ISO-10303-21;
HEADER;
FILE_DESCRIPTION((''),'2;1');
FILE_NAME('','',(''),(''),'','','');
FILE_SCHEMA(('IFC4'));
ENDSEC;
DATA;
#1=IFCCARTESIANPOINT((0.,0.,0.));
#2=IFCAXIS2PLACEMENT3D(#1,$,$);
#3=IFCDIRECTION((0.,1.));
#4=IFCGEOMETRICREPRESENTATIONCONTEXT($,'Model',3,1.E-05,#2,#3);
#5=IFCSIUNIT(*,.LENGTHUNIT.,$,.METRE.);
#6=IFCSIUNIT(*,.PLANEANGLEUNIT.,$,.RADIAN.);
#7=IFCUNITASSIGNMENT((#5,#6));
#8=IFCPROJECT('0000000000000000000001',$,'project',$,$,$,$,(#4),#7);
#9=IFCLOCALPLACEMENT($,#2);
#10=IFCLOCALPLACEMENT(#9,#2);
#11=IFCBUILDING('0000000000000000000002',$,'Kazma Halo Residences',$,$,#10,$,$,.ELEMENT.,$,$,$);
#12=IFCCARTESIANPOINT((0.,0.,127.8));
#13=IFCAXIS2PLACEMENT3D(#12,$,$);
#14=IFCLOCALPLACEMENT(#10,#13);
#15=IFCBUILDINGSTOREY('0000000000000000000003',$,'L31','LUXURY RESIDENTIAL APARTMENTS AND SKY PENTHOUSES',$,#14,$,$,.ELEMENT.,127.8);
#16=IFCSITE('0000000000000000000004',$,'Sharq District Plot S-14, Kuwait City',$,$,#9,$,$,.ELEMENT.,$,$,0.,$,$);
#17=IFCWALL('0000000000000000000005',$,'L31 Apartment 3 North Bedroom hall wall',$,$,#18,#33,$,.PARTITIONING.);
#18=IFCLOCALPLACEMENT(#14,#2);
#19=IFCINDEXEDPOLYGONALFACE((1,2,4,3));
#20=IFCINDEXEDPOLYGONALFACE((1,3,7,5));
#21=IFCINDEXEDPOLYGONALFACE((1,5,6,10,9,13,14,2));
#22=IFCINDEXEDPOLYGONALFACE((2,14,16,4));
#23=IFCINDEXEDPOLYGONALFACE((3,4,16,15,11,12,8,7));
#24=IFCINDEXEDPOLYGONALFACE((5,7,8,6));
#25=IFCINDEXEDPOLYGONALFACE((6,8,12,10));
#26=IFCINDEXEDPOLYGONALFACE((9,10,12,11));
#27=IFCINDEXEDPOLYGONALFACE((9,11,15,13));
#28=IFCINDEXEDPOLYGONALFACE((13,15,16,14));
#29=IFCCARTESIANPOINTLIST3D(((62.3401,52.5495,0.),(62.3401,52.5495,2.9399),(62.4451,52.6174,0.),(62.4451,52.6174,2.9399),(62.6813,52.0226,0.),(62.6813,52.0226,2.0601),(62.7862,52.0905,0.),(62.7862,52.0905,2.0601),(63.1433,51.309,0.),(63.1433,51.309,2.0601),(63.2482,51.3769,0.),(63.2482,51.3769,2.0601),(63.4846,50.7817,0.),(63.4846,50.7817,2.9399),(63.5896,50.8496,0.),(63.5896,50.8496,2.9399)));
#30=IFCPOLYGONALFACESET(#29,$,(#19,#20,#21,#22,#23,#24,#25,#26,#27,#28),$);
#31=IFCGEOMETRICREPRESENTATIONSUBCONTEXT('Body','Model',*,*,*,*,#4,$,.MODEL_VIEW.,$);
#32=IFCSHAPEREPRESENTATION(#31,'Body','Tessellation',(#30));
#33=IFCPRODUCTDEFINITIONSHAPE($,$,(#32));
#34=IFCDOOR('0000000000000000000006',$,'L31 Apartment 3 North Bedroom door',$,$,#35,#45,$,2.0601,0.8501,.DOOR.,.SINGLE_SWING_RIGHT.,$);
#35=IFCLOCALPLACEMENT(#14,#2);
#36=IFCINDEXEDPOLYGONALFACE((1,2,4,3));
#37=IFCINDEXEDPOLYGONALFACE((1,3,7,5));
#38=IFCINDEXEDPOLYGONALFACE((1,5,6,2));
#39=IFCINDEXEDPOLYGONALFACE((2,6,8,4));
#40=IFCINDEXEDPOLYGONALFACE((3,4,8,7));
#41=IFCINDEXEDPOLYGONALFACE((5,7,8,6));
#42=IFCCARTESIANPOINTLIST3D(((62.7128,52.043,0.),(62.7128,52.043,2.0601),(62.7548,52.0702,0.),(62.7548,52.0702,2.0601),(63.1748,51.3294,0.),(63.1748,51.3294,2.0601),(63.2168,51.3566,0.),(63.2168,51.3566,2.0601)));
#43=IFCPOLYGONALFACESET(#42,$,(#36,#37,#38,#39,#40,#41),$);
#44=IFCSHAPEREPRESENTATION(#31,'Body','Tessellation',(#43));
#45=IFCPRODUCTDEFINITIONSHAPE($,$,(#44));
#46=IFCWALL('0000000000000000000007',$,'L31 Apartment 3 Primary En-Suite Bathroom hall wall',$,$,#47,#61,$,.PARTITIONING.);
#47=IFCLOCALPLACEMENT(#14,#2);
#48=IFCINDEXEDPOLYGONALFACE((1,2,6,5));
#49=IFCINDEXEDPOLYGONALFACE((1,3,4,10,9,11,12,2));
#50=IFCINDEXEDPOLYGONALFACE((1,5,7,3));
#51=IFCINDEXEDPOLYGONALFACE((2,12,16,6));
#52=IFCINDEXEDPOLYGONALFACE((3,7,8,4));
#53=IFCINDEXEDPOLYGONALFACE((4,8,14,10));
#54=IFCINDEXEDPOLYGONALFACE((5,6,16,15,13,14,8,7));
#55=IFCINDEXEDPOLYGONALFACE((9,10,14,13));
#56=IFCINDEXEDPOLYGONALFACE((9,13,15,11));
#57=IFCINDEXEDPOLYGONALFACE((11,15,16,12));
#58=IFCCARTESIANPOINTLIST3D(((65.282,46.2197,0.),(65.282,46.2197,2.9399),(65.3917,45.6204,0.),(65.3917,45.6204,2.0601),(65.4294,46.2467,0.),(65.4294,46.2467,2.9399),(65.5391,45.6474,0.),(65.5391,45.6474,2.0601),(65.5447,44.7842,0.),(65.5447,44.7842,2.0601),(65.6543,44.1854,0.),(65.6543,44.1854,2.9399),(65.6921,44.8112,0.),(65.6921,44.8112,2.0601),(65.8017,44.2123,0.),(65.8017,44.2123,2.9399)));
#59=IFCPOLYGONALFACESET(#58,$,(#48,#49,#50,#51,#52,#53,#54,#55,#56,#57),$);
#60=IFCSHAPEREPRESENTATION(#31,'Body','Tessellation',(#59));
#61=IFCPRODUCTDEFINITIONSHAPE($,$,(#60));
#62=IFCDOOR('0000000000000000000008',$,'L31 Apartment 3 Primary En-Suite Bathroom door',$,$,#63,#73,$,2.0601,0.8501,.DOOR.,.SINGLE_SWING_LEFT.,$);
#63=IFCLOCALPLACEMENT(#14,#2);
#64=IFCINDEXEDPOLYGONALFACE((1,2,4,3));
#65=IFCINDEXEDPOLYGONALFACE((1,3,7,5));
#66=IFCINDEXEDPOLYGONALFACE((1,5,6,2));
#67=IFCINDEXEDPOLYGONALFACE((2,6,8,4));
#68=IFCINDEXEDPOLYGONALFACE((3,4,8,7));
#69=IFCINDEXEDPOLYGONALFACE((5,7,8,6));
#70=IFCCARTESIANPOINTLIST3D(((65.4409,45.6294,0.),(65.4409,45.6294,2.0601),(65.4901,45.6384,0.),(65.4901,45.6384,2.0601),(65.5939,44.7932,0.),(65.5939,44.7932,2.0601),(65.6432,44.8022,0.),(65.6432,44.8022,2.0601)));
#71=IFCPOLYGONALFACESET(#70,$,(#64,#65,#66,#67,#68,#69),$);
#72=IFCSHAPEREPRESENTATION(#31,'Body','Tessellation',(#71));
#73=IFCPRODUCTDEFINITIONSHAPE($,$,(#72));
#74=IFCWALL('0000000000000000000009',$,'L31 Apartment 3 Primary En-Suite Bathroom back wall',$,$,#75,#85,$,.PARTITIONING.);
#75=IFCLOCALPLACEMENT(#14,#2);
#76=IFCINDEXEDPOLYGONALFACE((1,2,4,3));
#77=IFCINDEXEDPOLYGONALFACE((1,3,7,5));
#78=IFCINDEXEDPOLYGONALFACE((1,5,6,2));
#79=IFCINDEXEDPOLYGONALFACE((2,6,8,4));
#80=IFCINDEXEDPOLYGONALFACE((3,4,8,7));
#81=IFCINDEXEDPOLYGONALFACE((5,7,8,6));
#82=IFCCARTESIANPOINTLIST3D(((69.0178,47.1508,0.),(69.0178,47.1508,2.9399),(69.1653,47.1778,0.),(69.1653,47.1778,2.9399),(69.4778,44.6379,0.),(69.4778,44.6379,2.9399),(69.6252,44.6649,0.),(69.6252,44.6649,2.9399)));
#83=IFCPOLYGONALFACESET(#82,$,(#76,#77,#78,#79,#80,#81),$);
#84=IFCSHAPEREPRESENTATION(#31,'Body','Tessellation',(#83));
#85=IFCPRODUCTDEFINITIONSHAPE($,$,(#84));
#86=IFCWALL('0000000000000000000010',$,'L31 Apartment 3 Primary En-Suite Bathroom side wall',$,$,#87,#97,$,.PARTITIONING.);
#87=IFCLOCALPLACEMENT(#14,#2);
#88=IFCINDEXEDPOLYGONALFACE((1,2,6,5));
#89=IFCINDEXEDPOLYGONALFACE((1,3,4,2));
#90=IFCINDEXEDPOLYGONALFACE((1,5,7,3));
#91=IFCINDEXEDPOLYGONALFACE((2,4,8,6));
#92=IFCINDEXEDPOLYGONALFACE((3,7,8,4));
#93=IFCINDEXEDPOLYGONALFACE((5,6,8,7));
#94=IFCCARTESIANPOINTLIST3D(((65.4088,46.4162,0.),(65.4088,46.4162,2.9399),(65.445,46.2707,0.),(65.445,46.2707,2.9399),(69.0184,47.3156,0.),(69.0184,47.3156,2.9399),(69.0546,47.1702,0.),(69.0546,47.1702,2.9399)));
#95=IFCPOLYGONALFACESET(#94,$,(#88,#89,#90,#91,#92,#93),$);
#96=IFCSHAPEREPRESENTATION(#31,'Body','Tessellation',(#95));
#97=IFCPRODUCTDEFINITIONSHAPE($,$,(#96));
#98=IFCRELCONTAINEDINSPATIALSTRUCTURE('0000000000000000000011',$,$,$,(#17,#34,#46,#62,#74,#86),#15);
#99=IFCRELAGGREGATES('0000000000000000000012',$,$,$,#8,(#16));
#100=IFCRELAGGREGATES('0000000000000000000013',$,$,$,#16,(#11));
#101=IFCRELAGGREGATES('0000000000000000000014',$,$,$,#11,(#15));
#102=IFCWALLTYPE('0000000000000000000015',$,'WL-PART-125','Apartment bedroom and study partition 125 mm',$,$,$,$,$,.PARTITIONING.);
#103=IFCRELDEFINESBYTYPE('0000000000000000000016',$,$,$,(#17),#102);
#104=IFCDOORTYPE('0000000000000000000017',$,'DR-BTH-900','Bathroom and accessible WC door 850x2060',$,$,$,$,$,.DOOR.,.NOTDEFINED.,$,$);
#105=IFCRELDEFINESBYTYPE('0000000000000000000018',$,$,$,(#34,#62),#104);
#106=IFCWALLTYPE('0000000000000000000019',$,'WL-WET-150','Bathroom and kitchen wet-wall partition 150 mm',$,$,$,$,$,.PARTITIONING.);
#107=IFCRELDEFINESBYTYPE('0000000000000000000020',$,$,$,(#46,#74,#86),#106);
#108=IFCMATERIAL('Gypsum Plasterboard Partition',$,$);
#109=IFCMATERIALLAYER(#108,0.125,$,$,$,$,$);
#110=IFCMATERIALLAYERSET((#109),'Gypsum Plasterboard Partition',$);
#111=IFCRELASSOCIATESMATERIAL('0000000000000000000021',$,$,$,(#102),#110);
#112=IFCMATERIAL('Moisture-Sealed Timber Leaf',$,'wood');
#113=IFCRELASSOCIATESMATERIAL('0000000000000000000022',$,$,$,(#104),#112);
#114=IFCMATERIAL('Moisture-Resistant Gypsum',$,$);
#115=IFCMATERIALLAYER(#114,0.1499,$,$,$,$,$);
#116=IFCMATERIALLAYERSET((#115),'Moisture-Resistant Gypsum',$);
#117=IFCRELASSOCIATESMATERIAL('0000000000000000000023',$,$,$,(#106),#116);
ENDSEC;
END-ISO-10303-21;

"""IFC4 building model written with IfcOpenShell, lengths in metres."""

from ifc_helpers import new_model, si_unit, direction, frame, frame_2d, origin, place, context, subcontext, project, spatial, rectangle, extrude, material, layer, layer_set, type_object, element, fill, save


model = new_model("IFC4")

# Units and contexts
model_context = context("Model", 3, precision=1e-05, world=origin(), true_north=direction((0.0, 1.0)))
body_context = subcontext(model_context, "Body", "Model", "MODEL_VIEW")
ifc_project = project(units=[si_unit("LENGTHUNIT", "METRE"), si_unit("PLANEANGLEUNIT", "RADIAN")], contexts=[model_context])

# Site, building, storey
site_placement = place(None, origin())
site = spatial("IfcSite", under=ifc_project, at=site_placement, Name="Sharq District Plot S-14, Kuwait City", CompositionType="ELEMENT", RefElevation=0.0)
building_placement = place(site_placement, origin())
building = spatial("IfcBuilding", under=site, at=building_placement, Name="Kazma Halo Residences", CompositionType="ELEMENT")
storey_placement = place(building_placement, frame((0.0, 0.0, 127.8)))
storey = spatial("IfcBuildingStorey", under=building, at=storey_placement, Name="L31", Description="LUXURY RESIDENTIAL APARTMENTS AND SKY PENTHOUSES", CompositionType="ELEMENT", Elevation=127.8)

# Shared definitions
ifc_material_1 = material(Name="Gypsum Plasterboard Partition")
ifc_layer_1 = layer(ifc_material_1, 0.125)
ifc_layer_set_1 = layer_set([ifc_layer_1], Name="Gypsum Plasterboard Partition")
wall_type_1 = type_object("IfcWallType", Name="WL-PART-125", Description="Apartment bedroom and study partition 125 mm", PredefinedType="PARTITIONING", material=ifc_layer_set_1)

# Shared definitions
ifc_material_2 = material(Name="Moisture-Sealed Timber Leaf", Category="wood")
door_type = type_object("IfcDoorType", Name="DR-BTH-900", Description="Bathroom and accessible WC door 850x2060", OperationType="NOTDEFINED", PredefinedType="DOOR", material=ifc_material_2)

# Walls, openings, doors
wall_1_placement = place(storey_placement, frame((63.5371, 50.8157, 0.0), z_axis=(0.0, 0.0, 1.0), x_axis=(-0.543468, 0.83943, 0.0)))
wall_1 = element("IfcWall", 1, at=wall_1_placement, inside=storey, type_object=wall_type_1, Name="L31 Apartment 3 North Bedroom hall wall", PredefinedType="PARTITIONING", context=body_context, shape_type="SweptSolid", body=[
    extrude(rectangle(XDim=2.106, YDim=0.125, at=frame_2d((1.053, 0.0))), origin(), (0.0, 0.0, 1.0), 2.9399),
])
opening_1_placement = place(wall_1_placement, frame((0.6282, 0.0, 0.0)))
opening_1 = element("IfcOpeningElement", 2, at=opening_1_placement, cuts=wall_1, PredefinedType="OPENING", context=body_context, shape_type="SweptSolid", body=[
    extrude(rectangle(XDim=0.8501, YDim=2.0601, at=frame_2d((0.425, 1.03))), frame((0.0, 0.0725, 0.0), z_axis=(0.0, -1.0, 0.0), x_axis=(1.0, 0.0, 0.0)), (0.0, 0.0, 1.0), 0.145),
])
door_1_placement = place(opening_1_placement, origin())
door_1 = element("IfcDoor", 3, at=door_1_placement, inside=storey, type_object=door_type, Name="L31 Apartment 3 North Bedroom door", OperationType="SINGLE_SWING_RIGHT", OverallHeight=2.0601, OverallWidth=0.8501, PredefinedType="DOOR", context=body_context, shape_type="SweptSolid", body=[
    extrude(rectangle(XDim=0.8501, YDim=2.0601, at=frame_2d((0.425, 1.03))), frame((0.0, 0.0249, 0.0), z_axis=(0.0, -1.0, 0.0), x_axis=(1.0, 0.0, 0.0)), (0.0, 0.0, 1.0), 0.05),
])
fill(opening_1, door_1)
ifc_material_3 = material(Name="Moisture-Resistant Gypsum")
ifc_layer_2 = layer(ifc_material_3, 0.1499)
ifc_layer_set_2 = layer_set([ifc_layer_2], Name="Moisture-Resistant Gypsum")
wall_type_2 = type_object("IfcWallType", Name="WL-WET-150", Description="Bathroom and kitchen wet-wall partition 150 mm", PredefinedType="PARTITIONING", material=ifc_layer_set_2)
wall_2_placement = place(storey_placement, frame((65.728, 44.1987, 0.0), z_axis=(0.0, 0.0, 1.0), x_axis=(-0.180018, 0.983663, 0.0)))
wall_2 = element("IfcWall", 4, at=wall_2_placement, inside=storey, type_object=wall_type_2, Name="L31 Apartment 3 Primary En-Suite Bathroom hall wall", PredefinedType="PARTITIONING", context=body_context, shape_type="SweptSolid", body=[
    extrude(rectangle(XDim=2.0681, YDim=0.1499, at=frame_2d((1.0342, 0.0))), origin(), (0.0, 0.0, 1.0), 2.9399),
])
opening_2_placement = place(wall_2_placement, frame((0.6089, 0.0, 0.0)))
opening_2 = element("IfcOpeningElement", 5, at=opening_2_placement, cuts=wall_2, PredefinedType="OPENING", context=body_context, shape_type="SweptSolid", body=[
    extrude(rectangle(XDim=0.8501, YDim=2.0601, at=frame_2d((0.425, 1.03))), frame((0.0, 0.085, 0.0), z_axis=(0.0, -1.0, 0.0), x_axis=(1.0, 0.0, 0.0)), (0.0, 0.0, 1.0), 0.1699),
])
door_2_placement = place(opening_2_placement, origin())
door_2 = element("IfcDoor", 6, at=door_2_placement, inside=storey, type_object=door_type, Name="L31 Apartment 3 Primary En-Suite Bathroom door", OperationType="SINGLE_SWING_LEFT", OverallHeight=2.0601, OverallWidth=0.8501, PredefinedType="DOOR", context=body_context, shape_type="SweptSolid", body=[
    extrude(rectangle(XDim=0.8501, YDim=2.0601, at=frame_2d((0.425, 1.03))), frame((0.0, 0.0249, 0.0), z_axis=(0.0, -1.0, 0.0), x_axis=(1.0, 0.0, 0.0)), (0.0, 0.0, 1.0), 0.05),
])
fill(opening_2, door_2)

# Walls
wall_3_placement = place(storey_placement, frame((69.5515, 44.6514, 0.0), z_axis=(0.0, 0.0, 1.0), x_axis=(-0.180046, 0.983658, 0.0)))
element("IfcWall", 7, at=wall_3_placement, inside=storey, type_object=wall_type_2, Name="L31 Apartment 3 Primary En-Suite Bathroom back wall", PredefinedType="PARTITIONING", context=body_context, shape_type="SweptSolid", body=[
    extrude(rectangle(XDim=2.5547, YDim=0.1499, at=frame_2d((1.2773, 0.0))), origin(), (0.0, 0.0, 1.0), 2.9399),
])
wall_4_placement = place(storey_placement, frame((65.427, 46.3435, 0.0), z_axis=(0.0, 0.0, 1.0), x_axis=(0.970331, 0.241779, 0.0)))
element("IfcWall", 8, at=wall_4_placement, inside=storey, type_object=wall_type_2, Name="L31 Apartment 3 Primary En-Suite Bathroom side wall", PredefinedType="PARTITIONING", context=body_context, shape_type="SweptSolid", body=[
    extrude(rectangle(XDim=3.72, YDim=0.1499, at=frame_2d((1.8599, 0.0))), origin(), (0.0, 0.0, 1.0), 2.9399),
])

save(model, "model.ifc")
